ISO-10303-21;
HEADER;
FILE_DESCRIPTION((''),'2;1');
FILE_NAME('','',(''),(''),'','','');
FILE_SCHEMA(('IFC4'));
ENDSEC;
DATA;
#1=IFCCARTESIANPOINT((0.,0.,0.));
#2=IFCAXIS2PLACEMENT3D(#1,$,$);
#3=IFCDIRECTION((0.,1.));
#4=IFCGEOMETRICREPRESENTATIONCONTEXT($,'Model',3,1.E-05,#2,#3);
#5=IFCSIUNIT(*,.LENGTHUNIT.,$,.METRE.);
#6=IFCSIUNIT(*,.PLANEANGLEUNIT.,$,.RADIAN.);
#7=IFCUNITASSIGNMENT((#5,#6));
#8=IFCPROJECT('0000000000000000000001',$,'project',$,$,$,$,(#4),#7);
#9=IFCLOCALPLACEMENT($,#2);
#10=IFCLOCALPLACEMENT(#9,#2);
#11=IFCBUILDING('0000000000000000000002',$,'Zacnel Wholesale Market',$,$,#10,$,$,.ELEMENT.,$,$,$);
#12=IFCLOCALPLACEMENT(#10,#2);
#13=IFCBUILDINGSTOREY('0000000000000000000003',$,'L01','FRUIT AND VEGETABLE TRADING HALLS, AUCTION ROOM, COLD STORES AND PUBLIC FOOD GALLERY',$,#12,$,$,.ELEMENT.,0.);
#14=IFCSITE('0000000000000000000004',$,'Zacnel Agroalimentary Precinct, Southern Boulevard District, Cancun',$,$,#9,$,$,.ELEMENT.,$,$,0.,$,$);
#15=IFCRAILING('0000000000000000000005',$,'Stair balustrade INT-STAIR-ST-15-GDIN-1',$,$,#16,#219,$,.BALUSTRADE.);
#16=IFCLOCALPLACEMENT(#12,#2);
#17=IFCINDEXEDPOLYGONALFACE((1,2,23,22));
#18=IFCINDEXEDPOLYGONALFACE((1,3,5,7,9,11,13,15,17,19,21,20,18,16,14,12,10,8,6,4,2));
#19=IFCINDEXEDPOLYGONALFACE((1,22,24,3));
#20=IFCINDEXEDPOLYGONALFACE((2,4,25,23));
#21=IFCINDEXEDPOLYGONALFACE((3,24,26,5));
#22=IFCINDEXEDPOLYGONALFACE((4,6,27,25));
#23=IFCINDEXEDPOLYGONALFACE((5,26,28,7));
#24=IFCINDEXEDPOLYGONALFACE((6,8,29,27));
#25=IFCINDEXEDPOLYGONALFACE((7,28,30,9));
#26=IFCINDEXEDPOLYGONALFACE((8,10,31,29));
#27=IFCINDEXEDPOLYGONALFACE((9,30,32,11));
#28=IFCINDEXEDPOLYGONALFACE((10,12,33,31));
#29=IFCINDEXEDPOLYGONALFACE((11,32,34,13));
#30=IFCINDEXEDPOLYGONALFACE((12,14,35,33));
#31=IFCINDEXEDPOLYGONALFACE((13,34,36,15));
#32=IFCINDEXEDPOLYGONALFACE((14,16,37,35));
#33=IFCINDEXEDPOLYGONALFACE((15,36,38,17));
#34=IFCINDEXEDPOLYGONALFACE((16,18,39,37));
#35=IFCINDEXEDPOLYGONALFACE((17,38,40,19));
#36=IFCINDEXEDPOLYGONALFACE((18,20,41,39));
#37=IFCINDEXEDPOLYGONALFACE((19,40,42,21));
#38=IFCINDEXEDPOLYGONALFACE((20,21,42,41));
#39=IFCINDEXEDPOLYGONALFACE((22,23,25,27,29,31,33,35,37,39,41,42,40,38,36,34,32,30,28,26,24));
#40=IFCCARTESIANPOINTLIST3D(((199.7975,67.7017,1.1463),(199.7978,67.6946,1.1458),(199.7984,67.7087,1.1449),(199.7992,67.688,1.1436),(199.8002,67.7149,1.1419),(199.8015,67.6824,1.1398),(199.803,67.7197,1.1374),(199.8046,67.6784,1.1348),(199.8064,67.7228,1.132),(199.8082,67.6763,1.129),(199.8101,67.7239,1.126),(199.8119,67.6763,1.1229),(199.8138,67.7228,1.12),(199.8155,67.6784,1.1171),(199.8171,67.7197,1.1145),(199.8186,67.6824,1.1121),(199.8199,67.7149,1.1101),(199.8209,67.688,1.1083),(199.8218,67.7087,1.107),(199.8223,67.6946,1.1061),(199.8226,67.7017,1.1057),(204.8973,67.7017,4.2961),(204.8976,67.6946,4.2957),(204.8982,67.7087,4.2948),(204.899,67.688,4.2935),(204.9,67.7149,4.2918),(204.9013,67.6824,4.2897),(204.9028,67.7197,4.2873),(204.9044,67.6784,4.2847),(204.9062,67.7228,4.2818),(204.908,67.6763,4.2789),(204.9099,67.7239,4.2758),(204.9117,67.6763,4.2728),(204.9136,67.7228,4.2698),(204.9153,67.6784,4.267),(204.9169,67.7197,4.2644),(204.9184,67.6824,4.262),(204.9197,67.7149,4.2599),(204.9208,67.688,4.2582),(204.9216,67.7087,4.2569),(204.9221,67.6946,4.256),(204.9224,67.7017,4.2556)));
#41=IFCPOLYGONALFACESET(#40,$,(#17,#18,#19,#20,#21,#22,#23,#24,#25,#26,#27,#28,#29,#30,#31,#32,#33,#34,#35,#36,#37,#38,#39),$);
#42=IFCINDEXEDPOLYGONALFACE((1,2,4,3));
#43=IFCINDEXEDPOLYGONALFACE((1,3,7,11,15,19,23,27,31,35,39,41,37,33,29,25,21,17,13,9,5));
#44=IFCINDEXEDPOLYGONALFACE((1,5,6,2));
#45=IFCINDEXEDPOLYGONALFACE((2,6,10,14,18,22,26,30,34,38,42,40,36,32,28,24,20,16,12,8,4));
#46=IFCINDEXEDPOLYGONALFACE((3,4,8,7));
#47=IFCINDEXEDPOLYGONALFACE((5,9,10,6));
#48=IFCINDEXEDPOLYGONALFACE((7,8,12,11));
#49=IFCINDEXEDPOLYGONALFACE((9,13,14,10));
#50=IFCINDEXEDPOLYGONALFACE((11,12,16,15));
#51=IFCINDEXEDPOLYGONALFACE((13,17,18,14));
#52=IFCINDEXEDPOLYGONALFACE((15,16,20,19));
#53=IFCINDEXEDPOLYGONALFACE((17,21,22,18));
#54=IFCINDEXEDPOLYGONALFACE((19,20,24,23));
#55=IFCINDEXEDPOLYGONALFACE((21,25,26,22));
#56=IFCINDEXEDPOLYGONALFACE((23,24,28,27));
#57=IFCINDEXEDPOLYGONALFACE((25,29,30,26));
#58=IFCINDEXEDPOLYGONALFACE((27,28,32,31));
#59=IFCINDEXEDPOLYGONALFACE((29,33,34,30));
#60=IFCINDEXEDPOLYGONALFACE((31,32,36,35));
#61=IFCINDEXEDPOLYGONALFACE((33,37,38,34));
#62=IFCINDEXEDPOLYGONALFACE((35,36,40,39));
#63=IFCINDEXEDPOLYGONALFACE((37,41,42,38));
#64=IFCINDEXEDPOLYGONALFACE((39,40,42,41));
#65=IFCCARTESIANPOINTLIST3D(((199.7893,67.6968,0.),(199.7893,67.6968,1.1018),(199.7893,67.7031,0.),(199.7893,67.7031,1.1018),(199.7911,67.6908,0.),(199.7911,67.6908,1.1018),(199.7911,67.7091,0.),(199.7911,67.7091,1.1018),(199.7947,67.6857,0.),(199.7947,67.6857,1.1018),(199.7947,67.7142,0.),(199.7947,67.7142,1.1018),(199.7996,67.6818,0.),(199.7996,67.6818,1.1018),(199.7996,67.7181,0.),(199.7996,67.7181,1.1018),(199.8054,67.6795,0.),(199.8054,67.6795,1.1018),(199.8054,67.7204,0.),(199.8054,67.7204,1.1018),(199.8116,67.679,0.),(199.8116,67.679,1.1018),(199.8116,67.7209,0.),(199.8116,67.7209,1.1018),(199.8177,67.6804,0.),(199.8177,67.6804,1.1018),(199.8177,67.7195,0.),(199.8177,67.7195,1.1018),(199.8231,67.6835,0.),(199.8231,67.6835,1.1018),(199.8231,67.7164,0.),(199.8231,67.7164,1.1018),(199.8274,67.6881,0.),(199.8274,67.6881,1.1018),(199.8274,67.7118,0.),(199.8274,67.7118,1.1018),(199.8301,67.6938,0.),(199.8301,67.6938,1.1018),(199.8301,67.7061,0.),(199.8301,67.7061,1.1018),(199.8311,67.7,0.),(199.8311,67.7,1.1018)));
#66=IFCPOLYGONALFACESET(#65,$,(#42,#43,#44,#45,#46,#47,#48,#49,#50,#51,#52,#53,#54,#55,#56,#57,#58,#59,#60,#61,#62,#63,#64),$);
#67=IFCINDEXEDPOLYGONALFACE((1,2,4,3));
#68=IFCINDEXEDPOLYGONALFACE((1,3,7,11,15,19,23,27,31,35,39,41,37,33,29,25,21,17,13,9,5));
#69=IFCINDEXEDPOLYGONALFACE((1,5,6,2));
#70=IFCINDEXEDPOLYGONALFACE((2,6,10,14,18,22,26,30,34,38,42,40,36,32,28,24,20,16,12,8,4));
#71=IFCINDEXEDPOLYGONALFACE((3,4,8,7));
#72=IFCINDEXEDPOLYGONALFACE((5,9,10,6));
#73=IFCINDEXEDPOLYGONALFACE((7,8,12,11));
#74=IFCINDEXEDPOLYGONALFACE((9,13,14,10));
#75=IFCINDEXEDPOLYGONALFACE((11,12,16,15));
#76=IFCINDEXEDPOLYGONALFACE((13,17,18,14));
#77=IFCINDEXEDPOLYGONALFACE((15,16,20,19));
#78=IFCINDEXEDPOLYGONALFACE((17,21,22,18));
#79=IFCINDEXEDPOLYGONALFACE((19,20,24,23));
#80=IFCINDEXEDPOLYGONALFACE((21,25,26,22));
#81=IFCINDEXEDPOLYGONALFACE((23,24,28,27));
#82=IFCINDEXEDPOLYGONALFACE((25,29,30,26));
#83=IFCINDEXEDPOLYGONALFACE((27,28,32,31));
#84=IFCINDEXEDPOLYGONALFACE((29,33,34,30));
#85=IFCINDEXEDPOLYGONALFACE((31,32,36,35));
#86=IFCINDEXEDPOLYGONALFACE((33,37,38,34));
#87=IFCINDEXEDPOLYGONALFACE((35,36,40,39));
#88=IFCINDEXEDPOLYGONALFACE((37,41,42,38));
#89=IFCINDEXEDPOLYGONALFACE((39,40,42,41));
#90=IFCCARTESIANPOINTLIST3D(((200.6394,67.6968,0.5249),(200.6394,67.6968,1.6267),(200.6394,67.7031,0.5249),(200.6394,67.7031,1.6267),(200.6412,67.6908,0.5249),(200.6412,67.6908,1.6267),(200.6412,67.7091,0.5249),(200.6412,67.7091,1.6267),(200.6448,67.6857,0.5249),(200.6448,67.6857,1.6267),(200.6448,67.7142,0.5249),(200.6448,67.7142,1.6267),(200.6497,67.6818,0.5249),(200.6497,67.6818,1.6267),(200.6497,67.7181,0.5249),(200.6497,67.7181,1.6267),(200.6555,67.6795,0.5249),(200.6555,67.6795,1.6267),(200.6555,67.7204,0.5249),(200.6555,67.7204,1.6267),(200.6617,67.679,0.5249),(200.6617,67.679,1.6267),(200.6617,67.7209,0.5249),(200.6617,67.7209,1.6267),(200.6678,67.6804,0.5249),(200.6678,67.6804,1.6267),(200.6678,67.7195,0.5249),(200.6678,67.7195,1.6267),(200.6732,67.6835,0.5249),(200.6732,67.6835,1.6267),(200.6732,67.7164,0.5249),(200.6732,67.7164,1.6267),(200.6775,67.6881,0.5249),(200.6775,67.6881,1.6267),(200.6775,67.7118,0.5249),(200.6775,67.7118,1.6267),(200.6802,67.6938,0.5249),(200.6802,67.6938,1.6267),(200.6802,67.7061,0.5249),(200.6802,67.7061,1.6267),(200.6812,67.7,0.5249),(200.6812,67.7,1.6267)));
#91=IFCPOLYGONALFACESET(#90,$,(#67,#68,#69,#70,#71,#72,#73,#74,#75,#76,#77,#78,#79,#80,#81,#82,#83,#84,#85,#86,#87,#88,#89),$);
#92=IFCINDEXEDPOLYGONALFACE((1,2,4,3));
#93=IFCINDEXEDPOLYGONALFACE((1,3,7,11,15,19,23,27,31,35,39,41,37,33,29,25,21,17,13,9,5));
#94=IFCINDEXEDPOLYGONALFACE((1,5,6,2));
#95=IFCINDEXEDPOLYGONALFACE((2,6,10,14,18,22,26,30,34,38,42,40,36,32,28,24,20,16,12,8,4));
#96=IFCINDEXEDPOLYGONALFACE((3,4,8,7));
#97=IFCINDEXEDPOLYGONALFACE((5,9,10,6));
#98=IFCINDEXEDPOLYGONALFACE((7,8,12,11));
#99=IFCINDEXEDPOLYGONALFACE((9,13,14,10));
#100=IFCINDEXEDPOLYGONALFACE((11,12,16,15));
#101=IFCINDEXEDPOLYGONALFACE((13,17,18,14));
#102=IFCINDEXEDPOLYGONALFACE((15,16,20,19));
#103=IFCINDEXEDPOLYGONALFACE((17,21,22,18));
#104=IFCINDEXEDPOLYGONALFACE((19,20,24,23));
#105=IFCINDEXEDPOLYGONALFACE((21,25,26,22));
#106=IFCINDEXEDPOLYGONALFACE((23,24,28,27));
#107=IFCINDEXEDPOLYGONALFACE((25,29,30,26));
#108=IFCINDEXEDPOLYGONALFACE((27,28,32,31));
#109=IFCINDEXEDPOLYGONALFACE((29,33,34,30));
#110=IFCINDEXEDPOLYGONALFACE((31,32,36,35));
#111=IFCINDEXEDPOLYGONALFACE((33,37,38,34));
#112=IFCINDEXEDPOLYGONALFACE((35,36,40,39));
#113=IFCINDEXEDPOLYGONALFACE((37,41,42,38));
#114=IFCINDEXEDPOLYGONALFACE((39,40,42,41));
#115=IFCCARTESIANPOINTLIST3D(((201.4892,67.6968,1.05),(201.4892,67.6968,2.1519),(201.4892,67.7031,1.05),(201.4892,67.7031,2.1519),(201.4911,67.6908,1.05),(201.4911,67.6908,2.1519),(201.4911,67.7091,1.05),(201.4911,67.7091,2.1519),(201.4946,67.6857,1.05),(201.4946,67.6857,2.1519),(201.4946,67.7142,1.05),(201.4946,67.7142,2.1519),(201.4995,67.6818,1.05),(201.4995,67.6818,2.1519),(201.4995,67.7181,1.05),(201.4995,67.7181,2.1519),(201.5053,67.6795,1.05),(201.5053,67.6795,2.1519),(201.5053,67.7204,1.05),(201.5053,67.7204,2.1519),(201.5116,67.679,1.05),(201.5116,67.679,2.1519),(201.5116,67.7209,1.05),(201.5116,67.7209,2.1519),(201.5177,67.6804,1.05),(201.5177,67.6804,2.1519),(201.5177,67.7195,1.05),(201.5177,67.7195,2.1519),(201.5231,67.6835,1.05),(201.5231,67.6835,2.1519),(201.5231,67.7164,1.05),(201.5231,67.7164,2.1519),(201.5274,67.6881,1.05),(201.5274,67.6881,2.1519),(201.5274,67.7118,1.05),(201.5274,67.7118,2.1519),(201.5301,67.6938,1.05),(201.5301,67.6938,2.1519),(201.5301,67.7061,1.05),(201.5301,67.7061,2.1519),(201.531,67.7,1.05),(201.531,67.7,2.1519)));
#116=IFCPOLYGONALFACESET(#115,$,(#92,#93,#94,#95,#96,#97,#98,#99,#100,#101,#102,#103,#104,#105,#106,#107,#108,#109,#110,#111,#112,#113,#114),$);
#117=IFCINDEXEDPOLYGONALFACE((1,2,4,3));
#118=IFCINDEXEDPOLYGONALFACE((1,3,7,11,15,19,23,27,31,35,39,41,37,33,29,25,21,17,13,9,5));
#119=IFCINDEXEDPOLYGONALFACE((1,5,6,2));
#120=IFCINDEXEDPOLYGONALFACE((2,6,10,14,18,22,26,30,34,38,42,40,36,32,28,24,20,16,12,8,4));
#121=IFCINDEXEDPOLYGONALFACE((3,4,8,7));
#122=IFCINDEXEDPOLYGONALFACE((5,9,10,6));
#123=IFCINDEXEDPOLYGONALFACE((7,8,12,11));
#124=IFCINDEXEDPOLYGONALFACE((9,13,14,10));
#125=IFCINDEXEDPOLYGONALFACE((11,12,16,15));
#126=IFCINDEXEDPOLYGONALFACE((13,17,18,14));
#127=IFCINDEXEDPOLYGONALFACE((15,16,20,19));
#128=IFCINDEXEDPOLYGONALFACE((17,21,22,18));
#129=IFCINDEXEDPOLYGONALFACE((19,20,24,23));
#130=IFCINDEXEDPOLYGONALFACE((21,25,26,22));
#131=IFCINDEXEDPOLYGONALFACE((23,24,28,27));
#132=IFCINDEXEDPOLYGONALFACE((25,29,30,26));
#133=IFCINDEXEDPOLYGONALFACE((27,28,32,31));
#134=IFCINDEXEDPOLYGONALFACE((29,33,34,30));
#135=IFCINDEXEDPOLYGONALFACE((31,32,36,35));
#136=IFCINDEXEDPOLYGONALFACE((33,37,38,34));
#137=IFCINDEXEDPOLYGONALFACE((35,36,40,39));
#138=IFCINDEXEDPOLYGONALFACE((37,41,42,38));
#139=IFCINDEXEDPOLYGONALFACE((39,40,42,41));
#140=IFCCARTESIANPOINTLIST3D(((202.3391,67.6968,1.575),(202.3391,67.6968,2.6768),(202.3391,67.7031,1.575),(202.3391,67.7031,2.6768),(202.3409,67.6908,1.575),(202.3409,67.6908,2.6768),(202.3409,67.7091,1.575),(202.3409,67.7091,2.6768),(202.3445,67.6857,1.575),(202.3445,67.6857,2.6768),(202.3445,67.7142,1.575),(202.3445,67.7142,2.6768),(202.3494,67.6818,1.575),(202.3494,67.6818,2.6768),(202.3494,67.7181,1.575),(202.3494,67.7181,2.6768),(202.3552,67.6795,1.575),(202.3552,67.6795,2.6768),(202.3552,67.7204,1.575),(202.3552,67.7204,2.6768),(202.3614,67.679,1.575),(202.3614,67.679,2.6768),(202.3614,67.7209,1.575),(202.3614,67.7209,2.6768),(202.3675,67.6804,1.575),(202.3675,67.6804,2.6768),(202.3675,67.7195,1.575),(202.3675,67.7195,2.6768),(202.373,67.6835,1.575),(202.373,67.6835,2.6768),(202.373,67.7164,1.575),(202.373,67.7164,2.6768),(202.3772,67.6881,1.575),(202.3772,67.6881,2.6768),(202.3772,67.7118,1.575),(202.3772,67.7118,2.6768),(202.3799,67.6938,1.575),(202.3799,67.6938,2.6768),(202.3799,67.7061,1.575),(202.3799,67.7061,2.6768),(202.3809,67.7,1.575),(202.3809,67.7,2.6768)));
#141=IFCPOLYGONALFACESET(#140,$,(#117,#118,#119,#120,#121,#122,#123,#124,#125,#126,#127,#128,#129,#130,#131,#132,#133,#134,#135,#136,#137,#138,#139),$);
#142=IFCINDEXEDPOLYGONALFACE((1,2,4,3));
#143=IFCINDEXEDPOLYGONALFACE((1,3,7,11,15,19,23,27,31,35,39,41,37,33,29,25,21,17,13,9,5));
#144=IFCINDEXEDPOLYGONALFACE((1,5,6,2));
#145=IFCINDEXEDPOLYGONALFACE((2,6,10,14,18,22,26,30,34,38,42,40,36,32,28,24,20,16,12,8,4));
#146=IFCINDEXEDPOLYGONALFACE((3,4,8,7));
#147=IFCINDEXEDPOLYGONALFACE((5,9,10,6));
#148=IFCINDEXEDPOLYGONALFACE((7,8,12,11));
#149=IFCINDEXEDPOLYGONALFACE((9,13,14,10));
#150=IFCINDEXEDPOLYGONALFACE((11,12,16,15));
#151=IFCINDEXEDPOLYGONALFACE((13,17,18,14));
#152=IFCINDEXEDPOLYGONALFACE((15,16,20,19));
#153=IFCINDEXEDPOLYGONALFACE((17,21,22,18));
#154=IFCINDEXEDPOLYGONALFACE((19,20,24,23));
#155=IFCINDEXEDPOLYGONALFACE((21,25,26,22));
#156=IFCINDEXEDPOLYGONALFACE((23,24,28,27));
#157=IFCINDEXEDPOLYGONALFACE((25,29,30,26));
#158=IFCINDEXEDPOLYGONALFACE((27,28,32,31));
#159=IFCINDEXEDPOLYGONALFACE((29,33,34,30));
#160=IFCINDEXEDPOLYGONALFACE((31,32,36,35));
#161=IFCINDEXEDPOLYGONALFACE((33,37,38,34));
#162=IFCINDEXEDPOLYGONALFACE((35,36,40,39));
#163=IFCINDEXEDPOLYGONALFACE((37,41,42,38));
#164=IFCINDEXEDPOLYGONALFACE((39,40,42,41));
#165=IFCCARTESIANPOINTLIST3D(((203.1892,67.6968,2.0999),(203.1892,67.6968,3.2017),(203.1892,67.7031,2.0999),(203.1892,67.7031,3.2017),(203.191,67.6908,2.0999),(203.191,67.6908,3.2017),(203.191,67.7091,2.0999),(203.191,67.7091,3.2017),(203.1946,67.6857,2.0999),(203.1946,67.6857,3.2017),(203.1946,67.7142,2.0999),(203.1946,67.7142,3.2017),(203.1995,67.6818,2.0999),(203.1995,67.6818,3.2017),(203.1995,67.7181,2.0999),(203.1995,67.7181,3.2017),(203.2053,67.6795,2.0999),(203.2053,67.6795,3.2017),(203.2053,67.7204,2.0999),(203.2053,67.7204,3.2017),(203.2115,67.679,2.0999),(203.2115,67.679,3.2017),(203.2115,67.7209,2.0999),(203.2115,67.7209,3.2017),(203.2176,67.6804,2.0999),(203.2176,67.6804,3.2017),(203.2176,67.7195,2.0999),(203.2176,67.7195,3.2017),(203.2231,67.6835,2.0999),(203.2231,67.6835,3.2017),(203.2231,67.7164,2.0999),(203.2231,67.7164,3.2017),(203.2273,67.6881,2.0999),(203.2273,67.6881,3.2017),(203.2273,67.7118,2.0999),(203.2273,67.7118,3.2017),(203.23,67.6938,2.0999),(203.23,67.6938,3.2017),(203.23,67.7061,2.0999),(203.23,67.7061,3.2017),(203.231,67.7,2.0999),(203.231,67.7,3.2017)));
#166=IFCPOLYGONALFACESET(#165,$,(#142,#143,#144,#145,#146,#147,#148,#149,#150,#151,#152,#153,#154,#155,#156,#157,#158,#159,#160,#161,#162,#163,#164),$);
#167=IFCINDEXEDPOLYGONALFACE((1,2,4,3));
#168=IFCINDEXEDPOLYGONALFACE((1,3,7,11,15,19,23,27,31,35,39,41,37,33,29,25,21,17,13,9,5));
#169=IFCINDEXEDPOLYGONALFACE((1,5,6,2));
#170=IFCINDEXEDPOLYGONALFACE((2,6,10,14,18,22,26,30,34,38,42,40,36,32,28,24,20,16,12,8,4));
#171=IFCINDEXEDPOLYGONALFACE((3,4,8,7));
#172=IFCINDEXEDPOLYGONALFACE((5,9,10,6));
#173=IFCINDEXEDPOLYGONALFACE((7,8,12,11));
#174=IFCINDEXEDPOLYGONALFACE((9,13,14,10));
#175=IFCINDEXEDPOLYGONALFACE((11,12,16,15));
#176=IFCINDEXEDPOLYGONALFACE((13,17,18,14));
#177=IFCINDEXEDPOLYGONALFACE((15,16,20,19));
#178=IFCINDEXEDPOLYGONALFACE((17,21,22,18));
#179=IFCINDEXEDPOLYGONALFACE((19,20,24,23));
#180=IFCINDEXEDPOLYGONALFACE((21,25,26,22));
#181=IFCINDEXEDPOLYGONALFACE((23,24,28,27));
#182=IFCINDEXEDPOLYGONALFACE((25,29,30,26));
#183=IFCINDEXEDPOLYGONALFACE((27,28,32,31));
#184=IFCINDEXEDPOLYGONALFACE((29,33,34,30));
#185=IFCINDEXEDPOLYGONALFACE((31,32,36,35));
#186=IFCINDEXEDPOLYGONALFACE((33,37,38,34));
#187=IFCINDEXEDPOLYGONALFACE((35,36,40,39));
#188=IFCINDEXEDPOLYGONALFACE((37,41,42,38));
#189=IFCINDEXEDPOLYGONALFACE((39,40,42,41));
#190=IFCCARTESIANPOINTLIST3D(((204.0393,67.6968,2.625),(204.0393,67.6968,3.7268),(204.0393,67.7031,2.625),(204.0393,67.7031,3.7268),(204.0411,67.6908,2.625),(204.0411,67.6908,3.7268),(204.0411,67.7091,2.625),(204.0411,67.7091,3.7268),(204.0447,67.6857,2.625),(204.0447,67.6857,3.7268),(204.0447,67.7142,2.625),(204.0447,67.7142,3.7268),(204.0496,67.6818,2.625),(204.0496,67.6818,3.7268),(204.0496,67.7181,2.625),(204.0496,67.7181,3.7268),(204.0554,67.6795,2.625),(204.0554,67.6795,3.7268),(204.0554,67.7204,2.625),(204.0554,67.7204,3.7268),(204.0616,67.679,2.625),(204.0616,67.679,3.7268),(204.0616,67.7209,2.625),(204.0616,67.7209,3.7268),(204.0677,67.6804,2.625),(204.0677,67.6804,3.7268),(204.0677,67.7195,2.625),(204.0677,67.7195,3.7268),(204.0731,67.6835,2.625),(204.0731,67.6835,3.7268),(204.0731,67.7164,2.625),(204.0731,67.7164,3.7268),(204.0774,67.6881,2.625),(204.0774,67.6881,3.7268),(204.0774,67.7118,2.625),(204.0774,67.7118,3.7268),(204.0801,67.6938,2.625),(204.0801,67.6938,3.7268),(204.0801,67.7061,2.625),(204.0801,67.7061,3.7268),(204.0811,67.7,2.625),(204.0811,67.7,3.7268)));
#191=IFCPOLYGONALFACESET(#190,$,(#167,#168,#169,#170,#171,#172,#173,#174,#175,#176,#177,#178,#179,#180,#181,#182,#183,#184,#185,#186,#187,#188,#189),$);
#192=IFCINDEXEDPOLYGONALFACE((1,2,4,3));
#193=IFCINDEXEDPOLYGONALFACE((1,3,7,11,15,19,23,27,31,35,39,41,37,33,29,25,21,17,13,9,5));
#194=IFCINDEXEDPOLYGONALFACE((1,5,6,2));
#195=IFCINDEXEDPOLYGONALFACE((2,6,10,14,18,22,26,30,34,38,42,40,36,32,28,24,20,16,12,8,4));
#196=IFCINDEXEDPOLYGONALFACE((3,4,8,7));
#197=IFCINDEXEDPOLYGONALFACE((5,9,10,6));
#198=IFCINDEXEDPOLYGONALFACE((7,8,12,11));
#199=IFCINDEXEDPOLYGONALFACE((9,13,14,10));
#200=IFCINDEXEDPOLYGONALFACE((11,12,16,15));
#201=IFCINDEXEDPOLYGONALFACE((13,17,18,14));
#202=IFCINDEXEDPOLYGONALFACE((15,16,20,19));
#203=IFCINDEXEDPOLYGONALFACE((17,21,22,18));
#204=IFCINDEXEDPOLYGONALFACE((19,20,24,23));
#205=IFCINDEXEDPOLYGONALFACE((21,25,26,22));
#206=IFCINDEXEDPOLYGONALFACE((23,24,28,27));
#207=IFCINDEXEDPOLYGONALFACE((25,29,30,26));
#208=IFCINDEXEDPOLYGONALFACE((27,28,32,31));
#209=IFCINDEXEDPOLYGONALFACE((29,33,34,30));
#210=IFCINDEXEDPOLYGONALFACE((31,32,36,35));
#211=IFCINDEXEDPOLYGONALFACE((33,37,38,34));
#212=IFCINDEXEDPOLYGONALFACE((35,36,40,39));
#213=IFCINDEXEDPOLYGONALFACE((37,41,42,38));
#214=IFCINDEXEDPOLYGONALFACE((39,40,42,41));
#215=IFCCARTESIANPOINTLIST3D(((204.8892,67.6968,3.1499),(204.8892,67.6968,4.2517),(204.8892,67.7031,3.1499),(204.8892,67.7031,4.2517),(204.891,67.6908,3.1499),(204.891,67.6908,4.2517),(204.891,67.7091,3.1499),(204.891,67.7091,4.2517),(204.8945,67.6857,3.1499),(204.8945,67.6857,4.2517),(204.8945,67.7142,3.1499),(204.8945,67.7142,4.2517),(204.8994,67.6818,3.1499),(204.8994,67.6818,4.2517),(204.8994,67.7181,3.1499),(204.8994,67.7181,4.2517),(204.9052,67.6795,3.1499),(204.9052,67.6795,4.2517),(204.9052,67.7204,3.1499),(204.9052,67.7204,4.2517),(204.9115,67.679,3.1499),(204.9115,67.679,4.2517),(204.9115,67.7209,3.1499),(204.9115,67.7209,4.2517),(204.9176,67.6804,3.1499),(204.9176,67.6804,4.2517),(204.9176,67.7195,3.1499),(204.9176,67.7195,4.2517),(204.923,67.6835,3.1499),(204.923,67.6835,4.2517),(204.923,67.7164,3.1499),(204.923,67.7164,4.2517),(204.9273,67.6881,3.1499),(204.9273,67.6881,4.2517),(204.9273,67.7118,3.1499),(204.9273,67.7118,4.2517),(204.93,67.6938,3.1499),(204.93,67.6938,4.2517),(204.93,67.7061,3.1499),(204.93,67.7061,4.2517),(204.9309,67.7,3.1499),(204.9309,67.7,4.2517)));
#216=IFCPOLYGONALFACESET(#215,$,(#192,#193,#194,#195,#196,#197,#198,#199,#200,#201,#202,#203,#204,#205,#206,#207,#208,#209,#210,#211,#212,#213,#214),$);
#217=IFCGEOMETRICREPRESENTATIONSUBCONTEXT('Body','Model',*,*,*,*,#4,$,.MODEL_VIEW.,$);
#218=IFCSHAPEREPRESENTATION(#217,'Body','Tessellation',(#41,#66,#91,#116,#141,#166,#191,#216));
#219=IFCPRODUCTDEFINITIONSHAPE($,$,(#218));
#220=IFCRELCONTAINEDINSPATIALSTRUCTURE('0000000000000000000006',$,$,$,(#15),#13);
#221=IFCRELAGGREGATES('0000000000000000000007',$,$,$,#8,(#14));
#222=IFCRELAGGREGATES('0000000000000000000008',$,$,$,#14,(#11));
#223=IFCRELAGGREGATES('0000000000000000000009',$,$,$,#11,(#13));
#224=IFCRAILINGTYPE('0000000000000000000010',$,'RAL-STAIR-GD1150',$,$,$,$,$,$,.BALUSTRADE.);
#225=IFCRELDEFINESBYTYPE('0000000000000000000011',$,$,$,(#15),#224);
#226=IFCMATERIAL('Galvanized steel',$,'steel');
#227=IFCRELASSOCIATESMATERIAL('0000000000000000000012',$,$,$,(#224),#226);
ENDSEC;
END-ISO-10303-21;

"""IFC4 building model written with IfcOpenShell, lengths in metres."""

from ifc_helpers import new_model, si_unit, direction, frame, origin, origin_2d, place, context, subcontext, project, spatial, circle, extrude, material, type_object, element, save


model = new_model("IFC4")

# Units and contexts
model_context = context("Model", 3, precision=1e-05, world=origin(), true_north=direction((0.0, 1.0)))
body_context = subcontext(model_context, "Body", "Model", "MODEL_VIEW")
ifc_project = project(units=[si_unit("LENGTHUNIT", "METRE"), si_unit("PLANEANGLEUNIT", "RADIAN")], contexts=[model_context])

# Site, building, storey
site_placement = place(None, origin())
site = spatial("IfcSite", under=ifc_project, at=site_placement, Name="Zacnel Agroalimentary Precinct, Southern Boulevard District, Cancun", CompositionType="ELEMENT", RefElevation=0.0)
building_placement = place(site_placement, origin())
building = spatial("IfcBuilding", under=site, at=building_placement, Name="Zacnel Wholesale Market", CompositionType="ELEMENT")
storey_placement = place(building_placement, origin())
storey = spatial("IfcBuildingStorey", under=building, at=storey_placement, Name="L01", Description="FRUIT AND VEGETABLE TRADING HALLS, AUCTION ROOM, COLD STORES AND PUBLIC FOOD GALLERY", CompositionType="ELEMENT", Elevation=0.0)

# Railing
ifc_material_1 = material(Name="Galvanized steel", Category="steel")
railing_type = type_object("IfcRailingType", Name="RAL-STAIR-GD1150", PredefinedType="BALUSTRADE", material=ifc_material_1)
railing_1_placement = place(storey_placement, frame((199.8101, 67.7, 0.0)))
element("IfcRailing", 1, at=railing_1_placement, inside=storey, type_object=railing_type, Name="Stair balustrade INT-STAIR-ST-15-GDIN-1", PredefinedType="BALUSTRADE", context=body_context, shape_type="SweptSolid", body=[
    extrude(circle(Radius=0.0239, at=origin_2d()), frame((0.0, 0.0, 1.126), z_axis=(0.850799, 0.0, 0.525492), x_axis=(0.0, 1.0, 0.0)), (0.0, 0.0, 1.0), 5.9941),
    extrude(circle(Radius=0.021, at=origin_2d()), origin(), (0.0, 0.0, 1.0), 1.1018),
    extrude(circle(Radius=0.021, at=origin_2d()), frame((0.8501, 0.0, 0.5249)), (0.0, 0.0, 1.0), 1.1018),
    extrude(circle(Radius=0.021, at=origin_2d()), frame((1.7, 0.0, 1.05)), (0.0, 0.0, 1.0), 1.1018),
    extrude(circle(Radius=0.021, at=origin_2d()), frame((2.5498, 0.0, 1.575)), (0.0, 0.0, 1.0), 1.1018),
    extrude(circle(Radius=0.021, at=origin_2d()), frame((3.3999, 0.0, 2.0999)), (0.0, 0.0, 1.0), 1.1018),
    extrude(circle(Radius=0.021, at=origin_2d()), frame((4.25, 0.0, 2.625)), (0.0, 0.0, 1.0), 1.1018),
    extrude(circle(Radius=0.021, at=origin_2d()), frame((5.0999, 0.0, 3.1499)), (0.0, 0.0, 1.0), 1.1018),
])

save(model, "model.ifc")
